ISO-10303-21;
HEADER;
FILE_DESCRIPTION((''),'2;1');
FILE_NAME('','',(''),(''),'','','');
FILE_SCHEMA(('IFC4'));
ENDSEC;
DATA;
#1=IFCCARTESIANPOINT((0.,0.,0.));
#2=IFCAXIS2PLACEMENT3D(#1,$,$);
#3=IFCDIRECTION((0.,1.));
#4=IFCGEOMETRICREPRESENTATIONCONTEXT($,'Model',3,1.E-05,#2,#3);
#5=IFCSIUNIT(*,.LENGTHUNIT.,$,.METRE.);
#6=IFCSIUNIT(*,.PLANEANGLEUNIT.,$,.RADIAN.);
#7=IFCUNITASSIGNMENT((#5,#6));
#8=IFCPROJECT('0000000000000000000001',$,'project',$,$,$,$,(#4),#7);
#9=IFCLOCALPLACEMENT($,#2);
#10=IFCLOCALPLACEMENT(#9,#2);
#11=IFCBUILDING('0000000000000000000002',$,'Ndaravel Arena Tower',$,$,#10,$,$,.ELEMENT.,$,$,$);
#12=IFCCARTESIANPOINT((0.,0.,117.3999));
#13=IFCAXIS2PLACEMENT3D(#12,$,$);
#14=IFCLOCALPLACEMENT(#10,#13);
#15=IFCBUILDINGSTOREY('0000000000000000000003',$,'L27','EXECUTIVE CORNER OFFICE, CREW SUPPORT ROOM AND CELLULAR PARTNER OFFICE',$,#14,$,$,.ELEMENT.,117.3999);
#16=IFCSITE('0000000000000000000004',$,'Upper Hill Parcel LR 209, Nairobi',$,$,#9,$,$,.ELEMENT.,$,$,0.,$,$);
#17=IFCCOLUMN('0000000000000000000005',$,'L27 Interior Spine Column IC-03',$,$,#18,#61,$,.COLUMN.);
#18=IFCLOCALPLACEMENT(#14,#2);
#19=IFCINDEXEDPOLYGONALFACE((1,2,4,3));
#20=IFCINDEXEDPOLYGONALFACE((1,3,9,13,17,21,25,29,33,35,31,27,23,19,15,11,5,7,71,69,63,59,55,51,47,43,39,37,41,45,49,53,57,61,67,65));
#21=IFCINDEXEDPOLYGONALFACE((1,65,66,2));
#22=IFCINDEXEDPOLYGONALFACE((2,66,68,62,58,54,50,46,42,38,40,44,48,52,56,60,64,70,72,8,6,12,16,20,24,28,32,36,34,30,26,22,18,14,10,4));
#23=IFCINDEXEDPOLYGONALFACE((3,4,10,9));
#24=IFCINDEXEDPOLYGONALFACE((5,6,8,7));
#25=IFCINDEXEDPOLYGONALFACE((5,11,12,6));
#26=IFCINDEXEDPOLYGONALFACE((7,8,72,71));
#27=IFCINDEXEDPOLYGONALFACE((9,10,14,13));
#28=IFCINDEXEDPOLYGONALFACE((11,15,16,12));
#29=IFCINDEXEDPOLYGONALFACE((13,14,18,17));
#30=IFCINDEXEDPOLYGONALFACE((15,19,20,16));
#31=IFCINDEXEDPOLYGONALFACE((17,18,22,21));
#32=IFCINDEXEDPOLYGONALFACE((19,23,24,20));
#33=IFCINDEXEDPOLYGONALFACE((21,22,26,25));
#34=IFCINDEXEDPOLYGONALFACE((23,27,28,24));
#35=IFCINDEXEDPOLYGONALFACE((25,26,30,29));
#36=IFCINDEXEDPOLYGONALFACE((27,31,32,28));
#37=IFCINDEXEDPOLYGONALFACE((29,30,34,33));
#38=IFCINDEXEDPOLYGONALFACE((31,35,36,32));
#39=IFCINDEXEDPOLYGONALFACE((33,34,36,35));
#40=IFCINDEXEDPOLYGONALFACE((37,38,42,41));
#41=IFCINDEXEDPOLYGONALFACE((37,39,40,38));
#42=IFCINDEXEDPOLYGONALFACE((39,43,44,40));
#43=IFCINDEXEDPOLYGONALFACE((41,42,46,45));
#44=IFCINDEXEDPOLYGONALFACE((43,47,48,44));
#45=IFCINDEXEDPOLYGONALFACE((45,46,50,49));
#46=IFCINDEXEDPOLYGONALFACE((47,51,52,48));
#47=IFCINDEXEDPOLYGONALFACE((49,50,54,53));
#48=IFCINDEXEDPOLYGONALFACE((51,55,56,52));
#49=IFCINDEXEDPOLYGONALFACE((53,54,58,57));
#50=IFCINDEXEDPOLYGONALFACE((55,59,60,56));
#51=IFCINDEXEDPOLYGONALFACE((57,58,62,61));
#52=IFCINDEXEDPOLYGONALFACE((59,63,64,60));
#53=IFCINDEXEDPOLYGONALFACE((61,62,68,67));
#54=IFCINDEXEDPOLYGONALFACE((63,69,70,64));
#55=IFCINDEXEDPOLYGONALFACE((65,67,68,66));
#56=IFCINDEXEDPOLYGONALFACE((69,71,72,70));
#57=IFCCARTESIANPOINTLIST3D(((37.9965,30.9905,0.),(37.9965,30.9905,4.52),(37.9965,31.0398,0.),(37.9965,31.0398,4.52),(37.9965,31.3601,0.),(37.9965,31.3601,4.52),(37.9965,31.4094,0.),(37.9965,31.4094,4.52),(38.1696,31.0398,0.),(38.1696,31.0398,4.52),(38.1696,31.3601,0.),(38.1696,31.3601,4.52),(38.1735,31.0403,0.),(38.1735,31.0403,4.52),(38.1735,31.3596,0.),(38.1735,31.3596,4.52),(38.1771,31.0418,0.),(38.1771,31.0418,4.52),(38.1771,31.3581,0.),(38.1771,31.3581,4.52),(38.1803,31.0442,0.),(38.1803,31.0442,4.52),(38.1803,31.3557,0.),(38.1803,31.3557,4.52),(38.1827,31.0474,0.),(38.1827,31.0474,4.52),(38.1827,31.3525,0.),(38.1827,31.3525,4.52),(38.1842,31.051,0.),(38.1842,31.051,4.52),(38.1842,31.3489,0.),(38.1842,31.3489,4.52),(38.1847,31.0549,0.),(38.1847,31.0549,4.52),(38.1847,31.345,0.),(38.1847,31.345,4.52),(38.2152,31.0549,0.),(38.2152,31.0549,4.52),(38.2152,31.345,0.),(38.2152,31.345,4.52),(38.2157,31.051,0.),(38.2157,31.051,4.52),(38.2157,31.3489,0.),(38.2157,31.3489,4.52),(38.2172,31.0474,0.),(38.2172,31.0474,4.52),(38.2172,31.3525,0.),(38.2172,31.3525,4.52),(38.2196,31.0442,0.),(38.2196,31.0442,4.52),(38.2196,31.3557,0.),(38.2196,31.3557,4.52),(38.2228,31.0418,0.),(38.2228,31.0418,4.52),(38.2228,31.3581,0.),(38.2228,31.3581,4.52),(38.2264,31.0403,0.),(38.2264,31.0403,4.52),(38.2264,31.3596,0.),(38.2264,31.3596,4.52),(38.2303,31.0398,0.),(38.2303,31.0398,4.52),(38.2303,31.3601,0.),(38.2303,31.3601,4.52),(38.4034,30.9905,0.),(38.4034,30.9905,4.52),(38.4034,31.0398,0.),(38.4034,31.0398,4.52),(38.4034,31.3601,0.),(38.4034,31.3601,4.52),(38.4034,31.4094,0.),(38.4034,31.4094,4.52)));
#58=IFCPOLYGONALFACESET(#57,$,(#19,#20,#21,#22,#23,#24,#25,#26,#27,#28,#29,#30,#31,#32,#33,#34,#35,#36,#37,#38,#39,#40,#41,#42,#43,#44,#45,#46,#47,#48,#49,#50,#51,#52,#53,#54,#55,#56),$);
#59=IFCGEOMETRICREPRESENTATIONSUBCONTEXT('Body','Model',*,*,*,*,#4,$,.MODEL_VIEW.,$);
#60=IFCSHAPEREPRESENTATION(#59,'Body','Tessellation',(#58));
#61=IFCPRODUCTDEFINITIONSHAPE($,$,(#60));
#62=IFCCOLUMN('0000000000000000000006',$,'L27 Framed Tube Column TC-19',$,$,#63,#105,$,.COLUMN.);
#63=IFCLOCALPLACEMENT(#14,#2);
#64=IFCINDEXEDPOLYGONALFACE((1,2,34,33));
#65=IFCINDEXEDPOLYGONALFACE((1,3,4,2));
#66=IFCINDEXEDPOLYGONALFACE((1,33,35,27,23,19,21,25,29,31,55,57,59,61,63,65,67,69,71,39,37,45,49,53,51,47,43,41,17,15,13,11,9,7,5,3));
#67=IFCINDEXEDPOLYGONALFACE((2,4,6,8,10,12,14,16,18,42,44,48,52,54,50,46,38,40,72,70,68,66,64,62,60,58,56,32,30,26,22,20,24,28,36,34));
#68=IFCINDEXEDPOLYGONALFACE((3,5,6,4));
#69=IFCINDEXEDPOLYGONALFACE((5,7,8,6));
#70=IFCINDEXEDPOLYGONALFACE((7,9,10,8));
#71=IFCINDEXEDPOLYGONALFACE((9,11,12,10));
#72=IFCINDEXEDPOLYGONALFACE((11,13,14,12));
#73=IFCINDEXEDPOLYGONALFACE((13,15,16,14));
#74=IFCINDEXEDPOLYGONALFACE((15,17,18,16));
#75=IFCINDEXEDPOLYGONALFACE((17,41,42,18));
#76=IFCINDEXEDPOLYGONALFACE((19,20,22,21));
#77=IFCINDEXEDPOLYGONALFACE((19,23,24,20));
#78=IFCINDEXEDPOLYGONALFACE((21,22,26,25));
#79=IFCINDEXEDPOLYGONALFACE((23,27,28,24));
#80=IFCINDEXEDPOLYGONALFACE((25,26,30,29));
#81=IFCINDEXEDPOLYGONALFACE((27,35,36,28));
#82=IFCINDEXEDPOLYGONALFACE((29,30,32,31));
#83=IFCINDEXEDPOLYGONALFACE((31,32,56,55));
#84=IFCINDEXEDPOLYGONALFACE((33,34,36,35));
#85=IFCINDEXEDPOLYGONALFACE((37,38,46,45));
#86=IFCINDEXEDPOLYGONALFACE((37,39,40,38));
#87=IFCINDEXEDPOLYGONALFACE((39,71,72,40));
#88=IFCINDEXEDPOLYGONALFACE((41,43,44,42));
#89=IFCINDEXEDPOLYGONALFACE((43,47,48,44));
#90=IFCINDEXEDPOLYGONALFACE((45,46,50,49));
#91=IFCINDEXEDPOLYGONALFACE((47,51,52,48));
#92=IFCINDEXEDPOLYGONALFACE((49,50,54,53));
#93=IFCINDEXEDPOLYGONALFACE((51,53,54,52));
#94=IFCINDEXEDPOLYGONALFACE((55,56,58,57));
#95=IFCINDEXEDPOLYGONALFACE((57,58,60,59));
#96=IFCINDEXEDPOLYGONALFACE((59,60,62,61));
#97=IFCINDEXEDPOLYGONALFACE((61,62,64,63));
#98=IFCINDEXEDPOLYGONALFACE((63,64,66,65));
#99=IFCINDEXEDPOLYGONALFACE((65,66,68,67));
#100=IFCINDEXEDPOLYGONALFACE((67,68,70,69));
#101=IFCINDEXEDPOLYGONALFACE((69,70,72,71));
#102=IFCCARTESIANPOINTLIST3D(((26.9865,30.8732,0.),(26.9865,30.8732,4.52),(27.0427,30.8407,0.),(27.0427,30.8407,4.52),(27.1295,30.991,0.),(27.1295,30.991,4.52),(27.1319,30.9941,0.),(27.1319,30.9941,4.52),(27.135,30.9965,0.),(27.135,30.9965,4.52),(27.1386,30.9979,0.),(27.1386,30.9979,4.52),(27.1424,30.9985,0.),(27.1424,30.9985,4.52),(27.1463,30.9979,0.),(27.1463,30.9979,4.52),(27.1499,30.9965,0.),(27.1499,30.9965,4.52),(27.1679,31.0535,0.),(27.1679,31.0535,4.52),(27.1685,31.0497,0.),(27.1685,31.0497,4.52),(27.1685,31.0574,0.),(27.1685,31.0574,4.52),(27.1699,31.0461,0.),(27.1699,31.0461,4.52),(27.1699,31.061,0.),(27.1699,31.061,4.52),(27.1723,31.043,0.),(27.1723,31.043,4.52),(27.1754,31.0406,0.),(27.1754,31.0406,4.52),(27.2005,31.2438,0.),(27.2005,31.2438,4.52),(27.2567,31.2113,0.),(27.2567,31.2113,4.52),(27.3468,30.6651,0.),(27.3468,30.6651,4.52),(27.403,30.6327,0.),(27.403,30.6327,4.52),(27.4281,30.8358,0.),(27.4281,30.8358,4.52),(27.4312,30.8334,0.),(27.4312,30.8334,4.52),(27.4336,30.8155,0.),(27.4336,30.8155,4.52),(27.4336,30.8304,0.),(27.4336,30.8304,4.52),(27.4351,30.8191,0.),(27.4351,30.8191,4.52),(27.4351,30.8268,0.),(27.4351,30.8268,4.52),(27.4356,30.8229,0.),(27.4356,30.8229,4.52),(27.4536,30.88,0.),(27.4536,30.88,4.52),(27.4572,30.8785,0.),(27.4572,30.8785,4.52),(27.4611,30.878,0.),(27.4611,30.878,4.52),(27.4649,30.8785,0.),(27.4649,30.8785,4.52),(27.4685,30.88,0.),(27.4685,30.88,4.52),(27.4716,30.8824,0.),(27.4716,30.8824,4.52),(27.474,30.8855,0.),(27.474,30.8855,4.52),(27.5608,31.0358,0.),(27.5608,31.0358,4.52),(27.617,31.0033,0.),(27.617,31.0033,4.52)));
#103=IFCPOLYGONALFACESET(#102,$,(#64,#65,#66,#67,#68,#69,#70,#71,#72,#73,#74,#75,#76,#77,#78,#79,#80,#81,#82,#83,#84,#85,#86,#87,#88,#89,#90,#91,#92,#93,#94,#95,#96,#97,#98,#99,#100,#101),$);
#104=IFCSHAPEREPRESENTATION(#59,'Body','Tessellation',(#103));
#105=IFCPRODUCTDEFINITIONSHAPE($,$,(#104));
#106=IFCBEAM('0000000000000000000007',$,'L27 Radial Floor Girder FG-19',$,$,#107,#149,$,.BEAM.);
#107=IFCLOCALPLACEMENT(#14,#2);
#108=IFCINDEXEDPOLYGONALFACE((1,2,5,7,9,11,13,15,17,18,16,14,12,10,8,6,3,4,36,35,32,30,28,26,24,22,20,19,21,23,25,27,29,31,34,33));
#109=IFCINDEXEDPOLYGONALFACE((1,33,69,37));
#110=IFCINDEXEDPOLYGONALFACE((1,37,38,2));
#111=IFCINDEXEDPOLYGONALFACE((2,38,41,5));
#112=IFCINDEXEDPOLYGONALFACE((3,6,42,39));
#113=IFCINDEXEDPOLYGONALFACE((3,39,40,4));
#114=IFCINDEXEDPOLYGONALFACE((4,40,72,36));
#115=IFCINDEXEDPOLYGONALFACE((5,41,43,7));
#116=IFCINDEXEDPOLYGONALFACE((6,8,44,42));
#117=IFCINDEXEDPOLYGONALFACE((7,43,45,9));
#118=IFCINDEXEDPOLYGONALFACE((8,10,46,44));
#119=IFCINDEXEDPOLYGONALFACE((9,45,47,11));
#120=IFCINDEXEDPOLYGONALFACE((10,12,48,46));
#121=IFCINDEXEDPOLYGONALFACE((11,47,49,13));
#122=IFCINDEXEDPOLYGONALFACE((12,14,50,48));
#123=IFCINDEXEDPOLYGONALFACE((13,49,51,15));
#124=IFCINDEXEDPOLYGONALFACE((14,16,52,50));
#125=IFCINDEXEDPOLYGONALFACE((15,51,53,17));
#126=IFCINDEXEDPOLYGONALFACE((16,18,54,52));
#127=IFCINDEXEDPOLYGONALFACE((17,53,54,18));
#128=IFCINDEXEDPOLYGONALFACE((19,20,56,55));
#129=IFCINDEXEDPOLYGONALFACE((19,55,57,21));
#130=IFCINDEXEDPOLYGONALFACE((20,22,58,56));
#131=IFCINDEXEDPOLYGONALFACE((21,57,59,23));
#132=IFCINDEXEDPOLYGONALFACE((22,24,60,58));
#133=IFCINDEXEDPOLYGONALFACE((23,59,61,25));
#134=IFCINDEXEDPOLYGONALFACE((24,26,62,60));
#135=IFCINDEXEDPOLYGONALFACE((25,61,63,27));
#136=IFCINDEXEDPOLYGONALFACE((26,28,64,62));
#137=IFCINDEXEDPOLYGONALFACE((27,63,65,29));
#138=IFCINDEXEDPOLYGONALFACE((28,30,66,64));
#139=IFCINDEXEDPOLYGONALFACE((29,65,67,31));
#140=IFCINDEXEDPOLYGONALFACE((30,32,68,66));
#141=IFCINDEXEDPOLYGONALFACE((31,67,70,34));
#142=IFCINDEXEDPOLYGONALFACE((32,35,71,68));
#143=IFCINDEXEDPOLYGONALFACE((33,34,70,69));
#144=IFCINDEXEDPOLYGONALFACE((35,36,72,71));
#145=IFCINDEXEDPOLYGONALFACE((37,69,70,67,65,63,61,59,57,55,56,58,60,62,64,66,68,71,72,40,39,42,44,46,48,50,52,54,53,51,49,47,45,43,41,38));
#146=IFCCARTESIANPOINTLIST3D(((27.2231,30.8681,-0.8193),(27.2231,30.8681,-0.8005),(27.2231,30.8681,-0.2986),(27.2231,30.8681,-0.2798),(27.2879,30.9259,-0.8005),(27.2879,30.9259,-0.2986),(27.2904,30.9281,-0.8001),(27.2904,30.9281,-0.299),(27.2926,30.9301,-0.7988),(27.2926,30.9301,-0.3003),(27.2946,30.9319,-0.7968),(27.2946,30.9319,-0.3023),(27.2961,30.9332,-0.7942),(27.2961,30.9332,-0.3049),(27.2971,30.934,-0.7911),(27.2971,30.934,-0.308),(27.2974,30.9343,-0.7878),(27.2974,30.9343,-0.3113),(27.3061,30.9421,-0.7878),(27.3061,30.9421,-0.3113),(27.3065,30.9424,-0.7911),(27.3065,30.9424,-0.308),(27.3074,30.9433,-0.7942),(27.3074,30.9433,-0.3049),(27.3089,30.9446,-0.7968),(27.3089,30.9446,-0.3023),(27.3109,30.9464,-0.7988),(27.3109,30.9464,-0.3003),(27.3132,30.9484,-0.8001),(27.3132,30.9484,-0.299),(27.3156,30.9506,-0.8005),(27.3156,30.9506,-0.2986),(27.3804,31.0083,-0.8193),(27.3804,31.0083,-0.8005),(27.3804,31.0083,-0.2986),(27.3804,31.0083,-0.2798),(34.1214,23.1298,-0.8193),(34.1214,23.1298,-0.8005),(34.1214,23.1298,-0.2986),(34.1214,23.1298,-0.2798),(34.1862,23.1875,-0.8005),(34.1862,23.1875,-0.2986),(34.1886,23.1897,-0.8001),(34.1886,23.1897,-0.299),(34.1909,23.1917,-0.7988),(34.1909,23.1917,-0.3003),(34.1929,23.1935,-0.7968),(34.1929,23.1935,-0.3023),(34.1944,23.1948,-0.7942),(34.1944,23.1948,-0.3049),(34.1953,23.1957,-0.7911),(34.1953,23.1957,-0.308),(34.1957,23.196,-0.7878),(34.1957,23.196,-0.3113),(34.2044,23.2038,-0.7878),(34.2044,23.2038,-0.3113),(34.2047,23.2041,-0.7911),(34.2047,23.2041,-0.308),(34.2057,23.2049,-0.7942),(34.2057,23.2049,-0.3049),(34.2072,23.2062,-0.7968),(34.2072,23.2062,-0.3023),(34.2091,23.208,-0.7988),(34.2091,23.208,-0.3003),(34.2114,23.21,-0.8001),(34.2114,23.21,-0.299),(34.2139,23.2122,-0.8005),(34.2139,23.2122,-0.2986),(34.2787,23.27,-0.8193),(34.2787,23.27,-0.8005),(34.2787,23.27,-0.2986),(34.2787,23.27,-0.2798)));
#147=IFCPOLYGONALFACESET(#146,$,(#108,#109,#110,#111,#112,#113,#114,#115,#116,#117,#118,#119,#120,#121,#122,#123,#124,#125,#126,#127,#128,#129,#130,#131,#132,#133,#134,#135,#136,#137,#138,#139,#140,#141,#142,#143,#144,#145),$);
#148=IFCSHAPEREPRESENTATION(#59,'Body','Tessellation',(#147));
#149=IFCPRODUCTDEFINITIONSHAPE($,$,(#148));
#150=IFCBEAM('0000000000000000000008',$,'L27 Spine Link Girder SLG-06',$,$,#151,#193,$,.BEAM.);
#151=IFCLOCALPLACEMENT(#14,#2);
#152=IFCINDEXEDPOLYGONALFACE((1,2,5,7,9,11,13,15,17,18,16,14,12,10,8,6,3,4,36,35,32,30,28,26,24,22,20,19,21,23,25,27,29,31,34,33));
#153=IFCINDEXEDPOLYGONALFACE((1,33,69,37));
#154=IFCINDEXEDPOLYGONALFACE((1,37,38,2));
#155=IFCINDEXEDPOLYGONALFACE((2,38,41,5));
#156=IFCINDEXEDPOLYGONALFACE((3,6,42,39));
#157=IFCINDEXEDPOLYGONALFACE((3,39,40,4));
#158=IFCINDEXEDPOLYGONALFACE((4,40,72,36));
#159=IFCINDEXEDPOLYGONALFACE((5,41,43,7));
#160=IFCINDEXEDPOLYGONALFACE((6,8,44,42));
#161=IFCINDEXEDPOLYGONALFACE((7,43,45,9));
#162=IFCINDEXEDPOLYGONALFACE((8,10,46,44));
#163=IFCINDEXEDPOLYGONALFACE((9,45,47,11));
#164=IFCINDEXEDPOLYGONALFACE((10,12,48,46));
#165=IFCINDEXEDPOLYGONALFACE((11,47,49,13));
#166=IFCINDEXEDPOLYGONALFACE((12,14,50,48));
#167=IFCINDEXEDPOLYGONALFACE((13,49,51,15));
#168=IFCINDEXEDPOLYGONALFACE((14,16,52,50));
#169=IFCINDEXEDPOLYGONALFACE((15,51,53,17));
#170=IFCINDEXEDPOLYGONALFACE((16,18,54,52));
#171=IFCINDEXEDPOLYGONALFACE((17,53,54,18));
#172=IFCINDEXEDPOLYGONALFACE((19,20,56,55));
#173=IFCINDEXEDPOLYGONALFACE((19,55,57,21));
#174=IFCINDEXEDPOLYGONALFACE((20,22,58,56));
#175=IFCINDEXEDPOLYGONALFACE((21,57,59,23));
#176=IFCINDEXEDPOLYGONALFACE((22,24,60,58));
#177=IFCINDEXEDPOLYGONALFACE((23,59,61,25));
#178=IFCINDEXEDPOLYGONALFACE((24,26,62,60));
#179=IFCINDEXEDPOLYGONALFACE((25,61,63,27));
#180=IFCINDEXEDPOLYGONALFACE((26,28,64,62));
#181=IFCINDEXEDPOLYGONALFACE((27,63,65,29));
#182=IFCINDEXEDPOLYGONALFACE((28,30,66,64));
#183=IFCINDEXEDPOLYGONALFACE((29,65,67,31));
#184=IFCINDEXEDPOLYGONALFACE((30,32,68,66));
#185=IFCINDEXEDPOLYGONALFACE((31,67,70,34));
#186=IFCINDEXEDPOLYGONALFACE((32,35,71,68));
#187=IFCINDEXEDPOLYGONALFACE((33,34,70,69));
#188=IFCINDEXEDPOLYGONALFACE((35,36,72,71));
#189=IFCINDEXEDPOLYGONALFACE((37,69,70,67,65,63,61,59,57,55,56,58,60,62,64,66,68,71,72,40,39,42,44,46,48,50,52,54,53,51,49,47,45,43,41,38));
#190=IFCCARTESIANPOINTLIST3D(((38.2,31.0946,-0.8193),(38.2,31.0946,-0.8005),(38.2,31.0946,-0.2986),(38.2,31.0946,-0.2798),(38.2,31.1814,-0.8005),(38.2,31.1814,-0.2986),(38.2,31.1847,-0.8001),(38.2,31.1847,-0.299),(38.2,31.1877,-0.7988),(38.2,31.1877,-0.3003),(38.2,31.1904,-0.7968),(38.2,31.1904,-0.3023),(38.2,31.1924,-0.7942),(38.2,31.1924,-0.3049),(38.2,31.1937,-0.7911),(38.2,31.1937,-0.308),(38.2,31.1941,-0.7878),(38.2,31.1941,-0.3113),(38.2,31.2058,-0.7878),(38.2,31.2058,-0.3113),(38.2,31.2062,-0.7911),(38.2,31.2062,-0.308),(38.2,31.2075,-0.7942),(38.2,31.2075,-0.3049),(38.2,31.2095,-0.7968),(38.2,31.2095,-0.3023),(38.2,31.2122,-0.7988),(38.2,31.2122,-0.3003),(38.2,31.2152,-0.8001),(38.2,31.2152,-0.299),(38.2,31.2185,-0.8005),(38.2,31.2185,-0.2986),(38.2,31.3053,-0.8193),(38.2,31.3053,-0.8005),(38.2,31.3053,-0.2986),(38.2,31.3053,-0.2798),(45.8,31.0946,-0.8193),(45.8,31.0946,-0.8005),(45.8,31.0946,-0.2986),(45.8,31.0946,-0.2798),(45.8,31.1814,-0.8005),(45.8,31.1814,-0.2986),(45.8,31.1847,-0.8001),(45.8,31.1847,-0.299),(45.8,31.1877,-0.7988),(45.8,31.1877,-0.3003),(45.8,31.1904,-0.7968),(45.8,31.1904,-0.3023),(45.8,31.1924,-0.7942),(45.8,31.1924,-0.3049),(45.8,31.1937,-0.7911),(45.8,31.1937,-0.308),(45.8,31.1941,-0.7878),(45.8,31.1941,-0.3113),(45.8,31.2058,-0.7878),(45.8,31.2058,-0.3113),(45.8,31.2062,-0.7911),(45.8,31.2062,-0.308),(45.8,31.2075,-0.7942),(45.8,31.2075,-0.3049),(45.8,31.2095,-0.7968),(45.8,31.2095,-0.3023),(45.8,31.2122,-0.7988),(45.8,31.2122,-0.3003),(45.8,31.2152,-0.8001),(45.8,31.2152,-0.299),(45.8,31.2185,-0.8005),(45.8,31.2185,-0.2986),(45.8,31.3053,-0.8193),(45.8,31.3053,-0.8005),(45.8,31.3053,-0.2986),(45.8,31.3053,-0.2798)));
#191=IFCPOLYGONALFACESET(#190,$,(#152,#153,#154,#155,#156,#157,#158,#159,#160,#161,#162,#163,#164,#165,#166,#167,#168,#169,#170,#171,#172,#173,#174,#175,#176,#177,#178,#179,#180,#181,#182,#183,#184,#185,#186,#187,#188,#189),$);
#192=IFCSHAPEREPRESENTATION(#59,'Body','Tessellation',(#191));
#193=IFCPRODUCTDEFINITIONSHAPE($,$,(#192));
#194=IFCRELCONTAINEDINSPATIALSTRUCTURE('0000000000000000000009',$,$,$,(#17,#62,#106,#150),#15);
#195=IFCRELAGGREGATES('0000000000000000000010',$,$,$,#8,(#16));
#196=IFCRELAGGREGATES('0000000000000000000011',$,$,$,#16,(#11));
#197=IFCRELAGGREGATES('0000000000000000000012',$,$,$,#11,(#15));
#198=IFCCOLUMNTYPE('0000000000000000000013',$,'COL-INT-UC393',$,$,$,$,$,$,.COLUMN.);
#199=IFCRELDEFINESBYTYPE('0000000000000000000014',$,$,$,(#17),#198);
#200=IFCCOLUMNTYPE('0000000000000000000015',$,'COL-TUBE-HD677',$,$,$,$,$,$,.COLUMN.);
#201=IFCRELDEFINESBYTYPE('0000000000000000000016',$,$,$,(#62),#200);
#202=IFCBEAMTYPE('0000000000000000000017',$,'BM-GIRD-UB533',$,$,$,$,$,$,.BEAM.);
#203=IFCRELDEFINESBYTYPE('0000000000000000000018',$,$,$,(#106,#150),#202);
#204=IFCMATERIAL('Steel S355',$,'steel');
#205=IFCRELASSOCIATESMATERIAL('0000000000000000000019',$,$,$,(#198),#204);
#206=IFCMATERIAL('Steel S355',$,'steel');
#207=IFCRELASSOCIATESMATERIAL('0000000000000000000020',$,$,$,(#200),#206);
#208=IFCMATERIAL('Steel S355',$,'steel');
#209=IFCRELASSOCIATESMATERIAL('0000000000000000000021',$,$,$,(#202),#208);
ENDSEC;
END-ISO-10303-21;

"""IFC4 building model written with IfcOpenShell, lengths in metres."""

from ifc_helpers import new_model, si_unit, direction, frame, origin, origin_2d, place, context, subcontext, project, spatial, i_section, extrude, material, material_profile, profile_set, type_object, element, save


model = new_model("IFC4")

# Units and contexts
model_context = context("Model", 3, precision=1e-05, world=origin(), true_north=direction((0.0, 1.0)))
body_context = subcontext(model_context, "Body", "Model", "MODEL_VIEW")
ifc_project = project(units=[si_unit("LENGTHUNIT", "METRE"), si_unit("PLANEANGLEUNIT", "RADIAN")], contexts=[model_context])

# Site, building, storey
site_placement = place(None, origin())
site = spatial("IfcSite", under=ifc_project, at=site_placement, Name="Upper Hill Parcel LR 209, Nairobi", CompositionType="ELEMENT", RefElevation=0.0)
building_placement = place(site_placement, origin())
building = spatial("IfcBuilding", under=site, at=building_placement, Name="Ndaravel Arena Tower", CompositionType="ELEMENT")
storey_placement = place(building_placement, frame((0.0, 0.0, 117.3999)))
storey = spatial("IfcBuildingStorey", under=building, at=storey_placement, Name="L27", Description="EXECUTIVE CORNER OFFICE, CREW SUPPORT ROOM AND CELLULAR PARTNER OFFICE", CompositionType="ELEMENT", Elevation=117.3999)

# Columns
ifc_material_1 = material(Name="Steel S355", Category="steel")
ifc_material_profile_1 = material_profile(ifc_material_1, i_section(OverallWidth=0.407, OverallDepth=0.4189, WebThickness=0.0305, FlangeThickness=0.0493, FilletRadius=0.0151, at=origin_2d()), Name="UC 356x406x393")
ifc_profile_set_1 = profile_set([ifc_material_profile_1], Name="Steel S355")
column_type_1 = type_object("IfcColumnType", Name="COL-INT-UC393", PredefinedType="COLUMN", material=ifc_profile_set_1)
column_1_placement = place(storey_placement, frame((38.2, 31.2, 0.0), z_axis=(0.0, 0.0, 1.0), x_axis=(1.0, 0.0, 0.0)))
element("IfcColumn", 1, at=column_1_placement, inside=storey, type_object=column_type_1, Name="L27 Interior Spine Column IC-03", PredefinedType="COLUMN", context=body_context, shape_type="SweptSolid", body=[
    extrude(i_section(OverallWidth=0.407, OverallDepth=0.4189, WebThickness=0.0305, FlangeThickness=0.0493, FilletRadius=0.0151, at=origin_2d()), origin(), (0.0, 0.0, 1.0), 4.52),
])
ifc_material_2 = material(Name="Steel S355", Category="steel")
ifc_material_profile_2 = material_profile(ifc_material_2, i_section(OverallWidth=0.428, OverallDepth=0.481, WebThickness=0.051, FlangeThickness=0.0649, FilletRadius=0.0149, at=origin_2d()), Name="HD 400x677")
ifc_profile_set_2 = profile_set([ifc_material_profile_2], Name="Steel S355")
column_type_2 = type_object("IfcColumnType", Name="COL-TUBE-HD677", PredefinedType="COLUMN", material=ifc_profile_set_2)
column_2_placement = place(storey_placement, frame((27.3018, 30.9382, 0.0), z_axis=(0.0, 0.0, 1.0), x_axis=(0.5, 0.866025, 0.0)))
element("IfcColumn", 2, at=column_2_placement, inside=storey, type_object=column_type_2, Name="L27 Framed Tube Column TC-19", PredefinedType="COLUMN", context=body_context, shape_type="SweptSolid", body=[
    extrude(i_section(OverallWidth=0.428, OverallDepth=0.481, WebThickness=0.051, FlangeThickness=0.0649, FilletRadius=0.0149, at=origin_2d()), origin(), (0.0, 0.0, 1.0), 4.52),
])

# Beams
ifc_material_3 = material(Name="Steel S355", Category="steel")
ifc_material_profile_3 = material_profile(ifc_material_3, i_section(OverallWidth=0.2107, OverallDepth=0.5396, WebThickness=0.0117, FlangeThickness=0.0188, FilletRadius=0.0127, at=origin_2d()), Name="UB 533x210x109")
ifc_profile_set_3 = profile_set([ifc_material_profile_3], Name="Steel S355")
beam_type_1 = type_object("IfcBeamType", Name="BM-GIRD-UB533", PredefinedType="BEAM", material=ifc_profile_set_3)
beam_1_placement = place(storey_placement, frame((27.3018, 30.9382, -0.5496), z_axis=(0.665426, -0.746464, 0.0), x_axis=(0.746464, 0.665426, 0.0)))
element("IfcBeam", 3, at=beam_1_placement, inside=storey, type_object=beam_type_1, Name="L27 Radial Floor Girder FG-19", PredefinedType="BEAM", context=body_context, shape_type="SweptSolid", body=[
    extrude(i_section(OverallWidth=0.2107, OverallDepth=0.5396, WebThickness=0.0117, FlangeThickness=0.0188, FilletRadius=0.0127, at=origin_2d()), origin(), (0.0, 0.0, 1.0), 10.3667),
])
beam_2_placement = place(storey_placement, frame((38.2, 31.2, -0.5496), z_axis=(1.0, 0.0, 0.0), x_axis=(0.0, 1.0, 0.0)))
element("IfcBeam", 4, at=beam_2_placement, inside=storey, type_object=beam_type_1, Name="L27 Spine Link Girder SLG-06", PredefinedType="BEAM", context=body_context, shape_type="SweptSolid", body=[
    extrude(i_section(OverallWidth=0.2107, OverallDepth=0.5396, WebThickness=0.0117, FlangeThickness=0.0188, FilletRadius=0.0127, at=origin_2d()), origin(), (0.0, 0.0, 1.0), 7.6001),
])

save(model, "model.ifc")
